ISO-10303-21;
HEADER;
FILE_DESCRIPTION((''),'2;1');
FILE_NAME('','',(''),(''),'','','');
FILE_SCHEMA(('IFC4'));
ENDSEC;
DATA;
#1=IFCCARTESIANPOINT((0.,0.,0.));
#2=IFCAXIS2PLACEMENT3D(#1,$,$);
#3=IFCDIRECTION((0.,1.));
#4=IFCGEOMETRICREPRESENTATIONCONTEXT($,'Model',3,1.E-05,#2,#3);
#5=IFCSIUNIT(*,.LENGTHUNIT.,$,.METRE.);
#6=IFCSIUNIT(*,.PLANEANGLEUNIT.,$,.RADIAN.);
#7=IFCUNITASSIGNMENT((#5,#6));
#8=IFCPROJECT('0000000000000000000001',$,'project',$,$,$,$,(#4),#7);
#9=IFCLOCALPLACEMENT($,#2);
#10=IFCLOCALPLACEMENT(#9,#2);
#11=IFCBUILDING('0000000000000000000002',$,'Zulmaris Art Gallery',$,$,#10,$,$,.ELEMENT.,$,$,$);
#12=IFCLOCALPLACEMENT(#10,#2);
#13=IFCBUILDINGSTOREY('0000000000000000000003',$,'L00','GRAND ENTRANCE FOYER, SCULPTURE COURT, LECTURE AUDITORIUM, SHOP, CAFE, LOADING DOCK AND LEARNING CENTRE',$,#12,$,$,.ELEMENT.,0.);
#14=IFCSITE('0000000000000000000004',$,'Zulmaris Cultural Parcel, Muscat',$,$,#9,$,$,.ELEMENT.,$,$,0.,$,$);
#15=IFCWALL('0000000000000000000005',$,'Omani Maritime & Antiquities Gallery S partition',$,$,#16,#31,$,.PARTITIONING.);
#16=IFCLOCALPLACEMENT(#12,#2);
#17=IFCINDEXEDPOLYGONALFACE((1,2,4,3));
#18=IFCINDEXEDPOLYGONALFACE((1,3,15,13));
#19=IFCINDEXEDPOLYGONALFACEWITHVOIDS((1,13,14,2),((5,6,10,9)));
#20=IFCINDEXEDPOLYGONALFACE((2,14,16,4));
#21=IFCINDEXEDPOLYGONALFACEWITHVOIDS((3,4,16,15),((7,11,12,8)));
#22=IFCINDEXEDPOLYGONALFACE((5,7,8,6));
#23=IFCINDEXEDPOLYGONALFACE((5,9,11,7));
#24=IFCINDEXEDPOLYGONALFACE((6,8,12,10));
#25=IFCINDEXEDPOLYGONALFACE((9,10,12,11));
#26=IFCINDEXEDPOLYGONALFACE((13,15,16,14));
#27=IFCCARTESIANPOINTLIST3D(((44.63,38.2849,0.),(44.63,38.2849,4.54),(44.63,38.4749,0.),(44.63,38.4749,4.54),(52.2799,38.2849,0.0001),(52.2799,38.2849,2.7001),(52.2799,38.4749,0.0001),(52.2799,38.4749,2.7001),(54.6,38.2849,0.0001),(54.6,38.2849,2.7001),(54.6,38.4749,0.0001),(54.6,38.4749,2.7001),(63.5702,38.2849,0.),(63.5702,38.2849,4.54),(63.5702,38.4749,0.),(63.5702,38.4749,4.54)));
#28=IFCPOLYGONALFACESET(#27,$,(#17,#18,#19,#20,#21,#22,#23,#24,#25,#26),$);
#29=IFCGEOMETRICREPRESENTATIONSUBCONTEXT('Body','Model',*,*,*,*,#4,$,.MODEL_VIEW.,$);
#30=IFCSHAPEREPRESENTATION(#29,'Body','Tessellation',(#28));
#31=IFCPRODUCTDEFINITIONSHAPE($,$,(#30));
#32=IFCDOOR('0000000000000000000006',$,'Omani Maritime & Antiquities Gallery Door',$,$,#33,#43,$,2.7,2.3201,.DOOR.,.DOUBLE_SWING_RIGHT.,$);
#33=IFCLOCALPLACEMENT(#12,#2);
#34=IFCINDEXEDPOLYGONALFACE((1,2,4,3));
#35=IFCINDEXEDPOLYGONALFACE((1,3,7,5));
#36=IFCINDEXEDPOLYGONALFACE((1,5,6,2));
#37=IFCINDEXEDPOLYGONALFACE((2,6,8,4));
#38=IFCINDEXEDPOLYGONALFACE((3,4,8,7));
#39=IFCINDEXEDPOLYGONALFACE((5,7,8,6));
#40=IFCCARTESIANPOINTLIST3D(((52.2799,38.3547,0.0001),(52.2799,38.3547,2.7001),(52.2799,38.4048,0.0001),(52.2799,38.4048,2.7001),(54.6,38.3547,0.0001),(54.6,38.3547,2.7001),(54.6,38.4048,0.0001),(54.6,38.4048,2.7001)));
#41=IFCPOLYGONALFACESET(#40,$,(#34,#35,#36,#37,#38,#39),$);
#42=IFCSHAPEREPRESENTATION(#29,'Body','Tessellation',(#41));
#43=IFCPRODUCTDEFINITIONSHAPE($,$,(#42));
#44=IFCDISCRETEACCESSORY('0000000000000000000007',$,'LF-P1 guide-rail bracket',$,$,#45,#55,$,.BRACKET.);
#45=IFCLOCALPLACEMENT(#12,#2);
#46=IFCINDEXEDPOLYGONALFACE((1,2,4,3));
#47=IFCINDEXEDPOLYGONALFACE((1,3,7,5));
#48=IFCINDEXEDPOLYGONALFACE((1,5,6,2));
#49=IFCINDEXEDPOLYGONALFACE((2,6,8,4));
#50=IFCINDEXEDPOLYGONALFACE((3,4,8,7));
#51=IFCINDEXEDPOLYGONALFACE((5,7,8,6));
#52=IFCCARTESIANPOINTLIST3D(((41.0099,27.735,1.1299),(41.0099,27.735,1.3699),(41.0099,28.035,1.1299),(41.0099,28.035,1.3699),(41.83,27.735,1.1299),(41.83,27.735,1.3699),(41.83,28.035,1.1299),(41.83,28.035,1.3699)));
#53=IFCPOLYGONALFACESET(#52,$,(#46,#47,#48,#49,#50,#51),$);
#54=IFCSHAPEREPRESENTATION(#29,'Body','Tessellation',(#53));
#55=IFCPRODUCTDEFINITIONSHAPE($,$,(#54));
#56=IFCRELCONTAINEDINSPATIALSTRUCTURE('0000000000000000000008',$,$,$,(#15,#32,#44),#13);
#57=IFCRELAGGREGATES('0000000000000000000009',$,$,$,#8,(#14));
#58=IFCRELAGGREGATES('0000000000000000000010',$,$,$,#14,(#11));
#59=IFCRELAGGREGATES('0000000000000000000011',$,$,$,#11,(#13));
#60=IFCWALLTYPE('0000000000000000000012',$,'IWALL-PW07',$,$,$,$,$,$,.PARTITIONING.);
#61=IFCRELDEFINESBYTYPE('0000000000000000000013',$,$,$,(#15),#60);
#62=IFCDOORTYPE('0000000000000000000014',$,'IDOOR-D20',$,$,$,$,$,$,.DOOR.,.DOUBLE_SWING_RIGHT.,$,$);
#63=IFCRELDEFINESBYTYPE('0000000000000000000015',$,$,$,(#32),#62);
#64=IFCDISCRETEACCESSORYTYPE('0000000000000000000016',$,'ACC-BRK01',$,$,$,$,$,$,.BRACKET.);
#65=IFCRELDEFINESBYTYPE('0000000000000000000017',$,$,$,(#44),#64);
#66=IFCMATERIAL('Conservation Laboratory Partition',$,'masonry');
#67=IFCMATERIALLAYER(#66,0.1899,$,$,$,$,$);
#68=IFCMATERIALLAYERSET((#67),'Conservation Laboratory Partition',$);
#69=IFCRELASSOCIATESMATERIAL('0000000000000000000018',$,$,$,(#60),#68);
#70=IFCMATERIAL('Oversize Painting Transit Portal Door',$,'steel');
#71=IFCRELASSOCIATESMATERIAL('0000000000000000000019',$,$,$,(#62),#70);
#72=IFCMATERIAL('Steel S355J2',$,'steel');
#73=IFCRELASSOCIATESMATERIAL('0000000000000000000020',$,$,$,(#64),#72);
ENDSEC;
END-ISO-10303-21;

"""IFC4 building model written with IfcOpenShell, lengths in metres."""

from ifc_helpers import new_model, si_unit, direction, frame, frame_2d, origin, origin_2d, place, context, subcontext, project, spatial, rectangle, extrude, material, layer, layer_set, type_object, element, fill, save


model = new_model("IFC4")

# Units and contexts
model_context = context("Model", 3, precision=1e-05, world=origin(), true_north=direction((0.0, 1.0)))
body_context = subcontext(model_context, "Body", "Model", "MODEL_VIEW")
ifc_project = project(units=[si_unit("LENGTHUNIT", "METRE"), si_unit("PLANEANGLEUNIT", "RADIAN")], contexts=[model_context])

# Site, building, storey
site_placement = place(None, origin())
site = spatial("IfcSite", under=ifc_project, at=site_placement, Name="Zulmaris Cultural Parcel, Muscat", CompositionType="ELEMENT", RefElevation=0.0)
building_placement = place(site_placement, origin())
building = spatial("IfcBuilding", under=site, at=building_placement, Name="Zulmaris Art Gallery", CompositionType="ELEMENT")
storey_placement = place(building_placement, origin())
storey = spatial("IfcBuildingStorey", under=building, at=storey_placement, Name="L00", Description="GRAND ENTRANCE FOYER, SCULPTURE COURT, LECTURE AUDITORIUM, SHOP, CAFE, LOADING DOCK AND LEARNING CENTRE", CompositionType="ELEMENT", Elevation=0.0)

# Wall, opening, door
ifc_material_1 = material(Name="Conservation Laboratory Partition", Category="masonry")
ifc_layer_1 = layer(ifc_material_1, 0.1899)
ifc_layer_set_1 = layer_set([ifc_layer_1], Name="Conservation Laboratory Partition")
wall_type_1 = type_object("IfcWallType", Name="IWALL-PW07", PredefinedType="PARTITIONING", material=ifc_layer_set_1)
wall_1_placement = place(storey_placement, frame((44.6299, 38.3799, 0.0), z_axis=(0.0, 0.0, 1.0), x_axis=(1.0, 0.0, 0.0)))
wall_1 = element("IfcWall", 1, at=wall_1_placement, inside=storey, type_object=wall_type_1, Name="Omani Maritime & Antiquities Gallery S partition", PredefinedType="PARTITIONING", context=body_context, shape_type="SweptSolid", body=[
    extrude(rectangle(XDim=18.9402, YDim=0.1899, at=frame_2d((9.4702, 0.0))), origin(), (0.0, 0.0, 1.0), 4.54),
])
opening_1_placement = place(wall_1_placement, frame((7.6499, 0.0, 0.0)))
opening_1 = element("IfcOpeningElement", 2, at=opening_1_placement, cuts=wall_1, PredefinedType="OPENING", context=body_context, shape_type="SweptSolid", body=[
    extrude(rectangle(XDim=2.3201, YDim=2.7, at=frame_2d((1.1602, 1.3501))), frame((0.0, 0.105, 0.0), z_axis=(0.0, -1.0, 0.0), x_axis=(1.0, 0.0, 0.0)), (0.0, 0.0, 1.0), 0.21),
])
ifc_material_2 = material(Name="Oversize Painting Transit Portal Door", Category="steel")
door_type_1 = type_object("IfcDoorType", Name="IDOOR-D20", OperationType="DOUBLE_SWING_RIGHT", PredefinedType="DOOR", material=ifc_material_2)
door_1_placement = place(opening_1_placement, origin())
door_1 = element("IfcDoor", 3, at=door_1_placement, inside=storey, type_object=door_type_1, Name="Omani Maritime & Antiquities Gallery Door", OperationType="DOUBLE_SWING_RIGHT", OverallHeight=2.7, OverallWidth=2.3201, PredefinedType="DOOR", context=body_context, shape_type="SweptSolid", body=[
    extrude(rectangle(XDim=2.3201, YDim=2.7, at=frame_2d((1.1602, 1.3501))), frame((0.0, 0.0249, 0.0), z_axis=(0.0, -1.0, 0.0), x_axis=(1.0, 0.0, 0.0)), (0.0, 0.0, 1.0), 0.05),
])
fill(opening_1, door_1)

# Discrete accessory
ifc_material_3 = material(Name="Steel S355J2", Category="steel")
discrete_accessory_type = type_object("IfcDiscreteAccessoryType", Name="ACC-BRK01", PredefinedType="BRACKET", material=ifc_material_3)
discrete_accessory_placement = place(storey_placement, frame((41.4199, 27.885, 1.1299), z_axis=(0.0, 0.0, 1.0), x_axis=(1.0, 0.0, 0.0)))
element("IfcDiscreteAccessory", 4, at=discrete_accessory_placement, inside=storey, type_object=discrete_accessory_type, Name="LF-P1 guide-rail bracket", PredefinedType="BRACKET", context=body_context, shape_type="SweptSolid", body=[
    extrude(rectangle(XDim=0.8201, YDim=0.3, at=origin_2d()), origin(), (0.0, 0.0, 1.0), 0.24),
])

save(model, "model.ifc")
